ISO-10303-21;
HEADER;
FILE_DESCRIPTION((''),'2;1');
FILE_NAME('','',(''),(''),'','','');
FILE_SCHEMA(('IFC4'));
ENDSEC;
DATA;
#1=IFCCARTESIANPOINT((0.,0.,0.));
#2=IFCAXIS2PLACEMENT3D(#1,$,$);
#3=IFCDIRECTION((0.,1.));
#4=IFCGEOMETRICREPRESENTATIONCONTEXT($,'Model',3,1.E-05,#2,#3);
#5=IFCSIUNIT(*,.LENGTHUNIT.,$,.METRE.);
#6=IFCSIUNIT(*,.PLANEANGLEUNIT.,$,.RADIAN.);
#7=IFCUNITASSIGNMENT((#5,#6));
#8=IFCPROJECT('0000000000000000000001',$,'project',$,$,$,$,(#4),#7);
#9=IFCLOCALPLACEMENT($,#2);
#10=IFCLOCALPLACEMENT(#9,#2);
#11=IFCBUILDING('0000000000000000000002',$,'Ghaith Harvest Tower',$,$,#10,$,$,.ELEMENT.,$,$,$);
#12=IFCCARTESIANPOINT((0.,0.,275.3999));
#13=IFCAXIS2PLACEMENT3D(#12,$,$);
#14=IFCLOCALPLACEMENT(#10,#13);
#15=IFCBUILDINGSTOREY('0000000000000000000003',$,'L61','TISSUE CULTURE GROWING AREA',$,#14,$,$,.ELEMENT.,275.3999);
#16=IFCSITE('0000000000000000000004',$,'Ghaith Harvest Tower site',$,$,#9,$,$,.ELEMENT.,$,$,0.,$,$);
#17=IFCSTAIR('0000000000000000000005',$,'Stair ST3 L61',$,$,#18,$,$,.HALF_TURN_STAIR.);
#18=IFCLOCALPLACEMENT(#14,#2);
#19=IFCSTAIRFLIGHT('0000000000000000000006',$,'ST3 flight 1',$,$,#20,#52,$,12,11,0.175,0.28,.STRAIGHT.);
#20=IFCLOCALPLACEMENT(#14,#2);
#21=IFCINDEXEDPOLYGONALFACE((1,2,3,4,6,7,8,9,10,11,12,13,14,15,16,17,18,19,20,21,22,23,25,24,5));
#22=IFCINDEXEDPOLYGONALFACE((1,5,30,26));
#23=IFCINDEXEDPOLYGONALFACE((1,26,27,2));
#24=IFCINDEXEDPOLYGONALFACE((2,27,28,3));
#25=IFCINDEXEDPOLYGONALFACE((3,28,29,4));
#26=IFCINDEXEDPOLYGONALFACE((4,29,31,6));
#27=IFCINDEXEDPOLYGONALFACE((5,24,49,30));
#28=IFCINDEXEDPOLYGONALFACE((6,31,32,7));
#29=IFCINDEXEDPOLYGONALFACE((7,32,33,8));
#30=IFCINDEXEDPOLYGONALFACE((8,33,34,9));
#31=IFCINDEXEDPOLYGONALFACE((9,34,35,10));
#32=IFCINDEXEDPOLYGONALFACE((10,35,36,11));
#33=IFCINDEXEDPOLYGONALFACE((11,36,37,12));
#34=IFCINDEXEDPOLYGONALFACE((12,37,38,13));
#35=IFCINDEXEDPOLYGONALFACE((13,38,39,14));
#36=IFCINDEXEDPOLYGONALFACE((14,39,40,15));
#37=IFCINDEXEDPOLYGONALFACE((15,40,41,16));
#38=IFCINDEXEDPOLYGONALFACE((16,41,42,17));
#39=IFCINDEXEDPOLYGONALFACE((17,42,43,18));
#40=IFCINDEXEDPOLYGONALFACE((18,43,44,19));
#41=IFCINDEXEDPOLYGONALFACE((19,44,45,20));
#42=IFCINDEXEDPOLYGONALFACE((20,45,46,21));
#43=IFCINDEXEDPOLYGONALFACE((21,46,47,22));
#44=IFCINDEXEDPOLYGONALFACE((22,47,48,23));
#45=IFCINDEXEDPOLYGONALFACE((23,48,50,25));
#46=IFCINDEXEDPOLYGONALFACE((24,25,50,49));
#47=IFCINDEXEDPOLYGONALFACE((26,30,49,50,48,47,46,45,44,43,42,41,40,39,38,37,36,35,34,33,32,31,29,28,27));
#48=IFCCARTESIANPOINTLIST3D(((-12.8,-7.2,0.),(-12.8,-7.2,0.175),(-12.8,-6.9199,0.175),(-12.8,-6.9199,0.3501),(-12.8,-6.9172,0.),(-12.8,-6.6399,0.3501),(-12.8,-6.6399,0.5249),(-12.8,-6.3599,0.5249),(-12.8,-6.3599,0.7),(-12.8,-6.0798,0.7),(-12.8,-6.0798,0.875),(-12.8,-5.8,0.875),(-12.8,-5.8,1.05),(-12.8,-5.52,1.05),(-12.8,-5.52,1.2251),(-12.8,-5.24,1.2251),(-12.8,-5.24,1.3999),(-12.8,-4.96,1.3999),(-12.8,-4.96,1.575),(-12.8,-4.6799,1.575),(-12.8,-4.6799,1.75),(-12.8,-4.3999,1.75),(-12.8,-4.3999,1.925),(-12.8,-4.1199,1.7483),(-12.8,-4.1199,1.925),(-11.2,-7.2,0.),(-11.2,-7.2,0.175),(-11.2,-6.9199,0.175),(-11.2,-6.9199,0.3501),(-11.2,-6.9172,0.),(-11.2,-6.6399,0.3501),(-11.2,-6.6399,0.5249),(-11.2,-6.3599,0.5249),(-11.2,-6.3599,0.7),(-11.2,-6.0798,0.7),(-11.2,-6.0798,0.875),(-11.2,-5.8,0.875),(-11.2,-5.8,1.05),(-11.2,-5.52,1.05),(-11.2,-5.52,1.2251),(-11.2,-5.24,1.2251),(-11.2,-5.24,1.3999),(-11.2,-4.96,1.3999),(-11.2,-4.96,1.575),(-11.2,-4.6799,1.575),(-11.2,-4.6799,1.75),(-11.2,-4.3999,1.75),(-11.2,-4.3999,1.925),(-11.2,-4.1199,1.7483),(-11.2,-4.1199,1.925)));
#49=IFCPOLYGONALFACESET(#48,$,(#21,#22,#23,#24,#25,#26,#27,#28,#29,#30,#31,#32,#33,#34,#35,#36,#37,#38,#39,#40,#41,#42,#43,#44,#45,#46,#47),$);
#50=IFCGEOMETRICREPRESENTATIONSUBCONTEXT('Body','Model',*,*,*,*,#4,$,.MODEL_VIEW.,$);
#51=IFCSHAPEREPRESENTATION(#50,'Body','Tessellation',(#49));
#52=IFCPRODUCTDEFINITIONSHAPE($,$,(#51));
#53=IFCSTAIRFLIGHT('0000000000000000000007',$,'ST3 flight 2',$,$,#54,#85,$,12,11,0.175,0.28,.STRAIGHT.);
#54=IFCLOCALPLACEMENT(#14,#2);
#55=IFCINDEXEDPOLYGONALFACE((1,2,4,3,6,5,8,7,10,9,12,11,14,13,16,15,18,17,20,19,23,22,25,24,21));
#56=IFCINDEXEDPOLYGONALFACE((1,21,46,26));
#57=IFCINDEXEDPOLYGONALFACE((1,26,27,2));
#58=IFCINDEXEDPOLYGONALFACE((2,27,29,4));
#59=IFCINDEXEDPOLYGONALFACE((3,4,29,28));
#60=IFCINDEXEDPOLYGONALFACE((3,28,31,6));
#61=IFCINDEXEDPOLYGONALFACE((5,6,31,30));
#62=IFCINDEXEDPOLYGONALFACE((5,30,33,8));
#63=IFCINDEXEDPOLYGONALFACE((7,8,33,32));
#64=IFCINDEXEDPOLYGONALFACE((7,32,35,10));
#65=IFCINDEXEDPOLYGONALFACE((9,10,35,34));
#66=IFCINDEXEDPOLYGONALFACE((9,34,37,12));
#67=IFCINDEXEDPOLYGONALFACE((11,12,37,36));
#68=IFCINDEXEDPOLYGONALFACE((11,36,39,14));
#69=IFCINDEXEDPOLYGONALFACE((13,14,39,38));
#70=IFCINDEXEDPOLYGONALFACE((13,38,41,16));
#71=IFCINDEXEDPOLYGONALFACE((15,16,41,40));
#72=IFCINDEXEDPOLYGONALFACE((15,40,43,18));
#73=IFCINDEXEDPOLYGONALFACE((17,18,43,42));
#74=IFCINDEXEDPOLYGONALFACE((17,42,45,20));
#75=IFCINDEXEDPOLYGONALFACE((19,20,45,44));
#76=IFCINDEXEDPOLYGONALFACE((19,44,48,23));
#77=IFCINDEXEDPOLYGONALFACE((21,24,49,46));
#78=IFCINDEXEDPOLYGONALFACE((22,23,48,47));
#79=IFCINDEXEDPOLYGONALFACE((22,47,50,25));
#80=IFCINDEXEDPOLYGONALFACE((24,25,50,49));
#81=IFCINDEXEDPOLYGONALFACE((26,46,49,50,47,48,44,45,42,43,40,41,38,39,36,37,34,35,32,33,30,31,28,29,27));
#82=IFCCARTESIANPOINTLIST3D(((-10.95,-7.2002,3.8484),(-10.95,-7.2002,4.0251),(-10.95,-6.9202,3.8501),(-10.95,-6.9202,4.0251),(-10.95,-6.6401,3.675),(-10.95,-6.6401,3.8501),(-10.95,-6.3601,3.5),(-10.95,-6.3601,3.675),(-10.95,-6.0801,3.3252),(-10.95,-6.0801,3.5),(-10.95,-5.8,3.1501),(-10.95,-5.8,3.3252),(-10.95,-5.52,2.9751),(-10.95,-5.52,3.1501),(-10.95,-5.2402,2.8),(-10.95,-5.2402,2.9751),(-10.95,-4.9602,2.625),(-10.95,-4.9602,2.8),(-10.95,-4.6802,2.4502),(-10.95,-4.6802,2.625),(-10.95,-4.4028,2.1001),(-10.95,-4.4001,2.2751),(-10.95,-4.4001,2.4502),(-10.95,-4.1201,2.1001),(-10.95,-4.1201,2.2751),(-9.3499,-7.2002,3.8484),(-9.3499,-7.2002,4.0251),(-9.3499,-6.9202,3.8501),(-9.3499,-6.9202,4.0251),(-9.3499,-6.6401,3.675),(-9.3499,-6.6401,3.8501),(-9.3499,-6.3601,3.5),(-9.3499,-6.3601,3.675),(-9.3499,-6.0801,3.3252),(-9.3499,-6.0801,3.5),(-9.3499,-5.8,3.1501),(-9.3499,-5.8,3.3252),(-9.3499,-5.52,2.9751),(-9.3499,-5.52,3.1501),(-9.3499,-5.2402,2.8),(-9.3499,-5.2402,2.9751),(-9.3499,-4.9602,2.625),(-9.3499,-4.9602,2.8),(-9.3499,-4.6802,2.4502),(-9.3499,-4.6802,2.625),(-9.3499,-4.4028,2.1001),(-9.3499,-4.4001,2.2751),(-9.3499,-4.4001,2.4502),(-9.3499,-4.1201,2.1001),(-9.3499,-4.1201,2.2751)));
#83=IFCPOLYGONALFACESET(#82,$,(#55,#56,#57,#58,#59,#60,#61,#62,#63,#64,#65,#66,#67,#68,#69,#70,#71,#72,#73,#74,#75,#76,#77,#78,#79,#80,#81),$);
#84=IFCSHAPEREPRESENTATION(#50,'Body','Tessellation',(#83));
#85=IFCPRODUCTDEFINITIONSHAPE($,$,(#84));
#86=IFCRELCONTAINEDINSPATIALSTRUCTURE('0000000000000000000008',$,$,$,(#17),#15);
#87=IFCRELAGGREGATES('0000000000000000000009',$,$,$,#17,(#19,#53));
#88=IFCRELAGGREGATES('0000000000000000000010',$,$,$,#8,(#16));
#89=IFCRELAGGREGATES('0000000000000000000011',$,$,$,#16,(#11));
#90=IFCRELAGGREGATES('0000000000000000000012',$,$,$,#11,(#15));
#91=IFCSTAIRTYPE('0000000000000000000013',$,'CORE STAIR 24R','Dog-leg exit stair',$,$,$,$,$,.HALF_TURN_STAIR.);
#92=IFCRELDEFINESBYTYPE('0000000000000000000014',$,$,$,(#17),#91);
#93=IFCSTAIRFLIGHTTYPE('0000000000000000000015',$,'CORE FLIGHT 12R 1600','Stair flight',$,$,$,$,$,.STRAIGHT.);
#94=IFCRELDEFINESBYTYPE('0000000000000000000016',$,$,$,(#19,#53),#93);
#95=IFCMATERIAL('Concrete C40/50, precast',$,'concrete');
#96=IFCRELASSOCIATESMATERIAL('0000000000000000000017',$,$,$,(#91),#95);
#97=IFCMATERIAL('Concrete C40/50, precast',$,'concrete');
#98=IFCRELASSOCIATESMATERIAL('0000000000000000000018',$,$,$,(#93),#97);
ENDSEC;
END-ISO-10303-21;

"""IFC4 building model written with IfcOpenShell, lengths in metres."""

from ifc_helpers import new_model, si_unit, direction, frame, origin, place, context, subcontext, project, spatial, polyline, outline, extrude, material, type_object, element, aggregate, save


model = new_model("IFC4")

# Units and contexts
model_context = context("Model", 3, precision=1e-05, world=origin(), true_north=direction((0.0, 1.0)))
body_context = subcontext(model_context, "Body", "Model", "MODEL_VIEW")
ifc_project = project(units=[si_unit("LENGTHUNIT", "METRE"), si_unit("PLANEANGLEUNIT", "RADIAN")], contexts=[model_context])

# Site, building, storey
site_placement = place(None, origin())
site = spatial("IfcSite", under=ifc_project, at=site_placement, Name="Ghaith Harvest Tower site", CompositionType="ELEMENT", RefElevation=0.0)
building_placement = place(site_placement, origin())
building = spatial("IfcBuilding", under=site, at=building_placement, Name="Ghaith Harvest Tower", CompositionType="ELEMENT")
storey_placement = place(building_placement, frame((0.0, 0.0, 275.3999)))
storey = spatial("IfcBuildingStorey", under=building, at=storey_placement, Name="L61", Description="TISSUE CULTURE GROWING AREA", CompositionType="ELEMENT", Elevation=275.3999)

# Stair, stair flights
ifc_material_1 = material(Name="Concrete C40/50, precast", Category="concrete")
stair_type = type_object("IfcStairType", Name="CORE STAIR 24R", Description="Dog-leg exit stair", PredefinedType="HALF_TURN_STAIR", material=ifc_material_1)
stair_placement = place(storey_placement, origin())
stair = element("IfcStair", 1, at=stair_placement, inside=storey, type_object=stair_type, Name="Stair ST3 L61", PredefinedType="HALF_TURN_STAIR")
ifc_material_2 = material(Name="Concrete C40/50, precast", Category="concrete")
stair_flight_type = type_object("IfcStairFlightType", Name="CORE FLIGHT 12R 1600", Description="Stair flight", PredefinedType="STRAIGHT", material=ifc_material_2)
stair_flight_1_placement = place(storey_placement, frame((-12.0, -7.2, 0.0), z_axis=(0.0, 0.0, 1.0), x_axis=(0.0, 1.0, 0.0)))
stair_flight_1 = element("IfcStairFlight", 2, at=stair_flight_1_placement, type_object=stair_flight_type, Name="ST3 flight 1", NumberOfRisers=12, NumberOfTreads=11, PredefinedType="STRAIGHT", RiserHeight=0.175, TreadLength=0.28, context=body_context, shape_type="SweptSolid", body=[
    extrude(outline(polyline([(0.0, 0.0), (0.0, 0.175), (0.28, 0.175), (0.28, 0.3501), (0.5601, 0.3501), (0.5601, 0.5249), (0.8401, 0.5249), (0.8401, 0.7), (1.1201, 0.7), (1.1201, 0.875), (1.3999, 0.875), (1.3999, 1.05), (1.6799, 1.05), (1.6799, 1.2251), (1.96, 1.2251), (1.96, 1.3999), (2.24, 1.3999), (2.24, 1.575), (2.52, 1.575), (2.52, 1.75), (2.8, 1.75), (2.8, 1.925), (3.0801, 1.925), (3.0801, 2.1001), (3.0801, 1.7483), (0.2827, 0.0), (0.0, 0.0)])), frame((0.0, 0.8, 0.0), z_axis=(0.0, -1.0, 0.0), x_axis=(1.0, 0.0, 0.0)), (0.0, 0.0, 1.0), 1.6001),
])
stair_flight_2_placement = place(storey_placement, frame((-10.1499, -4.1201, 2.1001), z_axis=(0.0, 0.0, 1.0), x_axis=(0.0, -1.0, 0.0)))
stair_flight_2 = element("IfcStairFlight", 3, at=stair_flight_2_placement, type_object=stair_flight_type, Name="ST3 flight 2", NumberOfRisers=12, NumberOfTreads=11, PredefinedType="STRAIGHT", RiserHeight=0.175, TreadLength=0.28, context=body_context, shape_type="SweptSolid", body=[
    extrude(outline(polyline([(0.0, 0.0), (0.0, 0.175), (0.28, 0.175), (0.28, 0.3501), (0.5601, 0.3501), (0.5601, 0.5249), (0.8401, 0.5249), (0.8401, 0.7), (1.1201, 0.7), (1.1201, 0.875), (1.3999, 0.875), (1.3999, 1.05), (1.6799, 1.05), (1.6799, 1.2251), (1.96, 1.2251), (1.96, 1.3999), (2.24, 1.3999), (2.24, 1.575), (2.52, 1.575), (2.52, 1.75), (2.8, 1.75), (2.8, 1.925), (3.0801, 1.925), (3.0801, 2.1001), (3.0801, 1.7483), (0.2827, 0.0), (0.0, 0.0)])), frame((0.0, 0.8, 0.0), z_axis=(0.0, -1.0, 0.0), x_axis=(1.0, 0.0, 0.0)), (0.0, 0.0, 1.0), 1.6001),
])
aggregate(stair, [stair_flight_1, stair_flight_2])

save(model, "model.ifc")
